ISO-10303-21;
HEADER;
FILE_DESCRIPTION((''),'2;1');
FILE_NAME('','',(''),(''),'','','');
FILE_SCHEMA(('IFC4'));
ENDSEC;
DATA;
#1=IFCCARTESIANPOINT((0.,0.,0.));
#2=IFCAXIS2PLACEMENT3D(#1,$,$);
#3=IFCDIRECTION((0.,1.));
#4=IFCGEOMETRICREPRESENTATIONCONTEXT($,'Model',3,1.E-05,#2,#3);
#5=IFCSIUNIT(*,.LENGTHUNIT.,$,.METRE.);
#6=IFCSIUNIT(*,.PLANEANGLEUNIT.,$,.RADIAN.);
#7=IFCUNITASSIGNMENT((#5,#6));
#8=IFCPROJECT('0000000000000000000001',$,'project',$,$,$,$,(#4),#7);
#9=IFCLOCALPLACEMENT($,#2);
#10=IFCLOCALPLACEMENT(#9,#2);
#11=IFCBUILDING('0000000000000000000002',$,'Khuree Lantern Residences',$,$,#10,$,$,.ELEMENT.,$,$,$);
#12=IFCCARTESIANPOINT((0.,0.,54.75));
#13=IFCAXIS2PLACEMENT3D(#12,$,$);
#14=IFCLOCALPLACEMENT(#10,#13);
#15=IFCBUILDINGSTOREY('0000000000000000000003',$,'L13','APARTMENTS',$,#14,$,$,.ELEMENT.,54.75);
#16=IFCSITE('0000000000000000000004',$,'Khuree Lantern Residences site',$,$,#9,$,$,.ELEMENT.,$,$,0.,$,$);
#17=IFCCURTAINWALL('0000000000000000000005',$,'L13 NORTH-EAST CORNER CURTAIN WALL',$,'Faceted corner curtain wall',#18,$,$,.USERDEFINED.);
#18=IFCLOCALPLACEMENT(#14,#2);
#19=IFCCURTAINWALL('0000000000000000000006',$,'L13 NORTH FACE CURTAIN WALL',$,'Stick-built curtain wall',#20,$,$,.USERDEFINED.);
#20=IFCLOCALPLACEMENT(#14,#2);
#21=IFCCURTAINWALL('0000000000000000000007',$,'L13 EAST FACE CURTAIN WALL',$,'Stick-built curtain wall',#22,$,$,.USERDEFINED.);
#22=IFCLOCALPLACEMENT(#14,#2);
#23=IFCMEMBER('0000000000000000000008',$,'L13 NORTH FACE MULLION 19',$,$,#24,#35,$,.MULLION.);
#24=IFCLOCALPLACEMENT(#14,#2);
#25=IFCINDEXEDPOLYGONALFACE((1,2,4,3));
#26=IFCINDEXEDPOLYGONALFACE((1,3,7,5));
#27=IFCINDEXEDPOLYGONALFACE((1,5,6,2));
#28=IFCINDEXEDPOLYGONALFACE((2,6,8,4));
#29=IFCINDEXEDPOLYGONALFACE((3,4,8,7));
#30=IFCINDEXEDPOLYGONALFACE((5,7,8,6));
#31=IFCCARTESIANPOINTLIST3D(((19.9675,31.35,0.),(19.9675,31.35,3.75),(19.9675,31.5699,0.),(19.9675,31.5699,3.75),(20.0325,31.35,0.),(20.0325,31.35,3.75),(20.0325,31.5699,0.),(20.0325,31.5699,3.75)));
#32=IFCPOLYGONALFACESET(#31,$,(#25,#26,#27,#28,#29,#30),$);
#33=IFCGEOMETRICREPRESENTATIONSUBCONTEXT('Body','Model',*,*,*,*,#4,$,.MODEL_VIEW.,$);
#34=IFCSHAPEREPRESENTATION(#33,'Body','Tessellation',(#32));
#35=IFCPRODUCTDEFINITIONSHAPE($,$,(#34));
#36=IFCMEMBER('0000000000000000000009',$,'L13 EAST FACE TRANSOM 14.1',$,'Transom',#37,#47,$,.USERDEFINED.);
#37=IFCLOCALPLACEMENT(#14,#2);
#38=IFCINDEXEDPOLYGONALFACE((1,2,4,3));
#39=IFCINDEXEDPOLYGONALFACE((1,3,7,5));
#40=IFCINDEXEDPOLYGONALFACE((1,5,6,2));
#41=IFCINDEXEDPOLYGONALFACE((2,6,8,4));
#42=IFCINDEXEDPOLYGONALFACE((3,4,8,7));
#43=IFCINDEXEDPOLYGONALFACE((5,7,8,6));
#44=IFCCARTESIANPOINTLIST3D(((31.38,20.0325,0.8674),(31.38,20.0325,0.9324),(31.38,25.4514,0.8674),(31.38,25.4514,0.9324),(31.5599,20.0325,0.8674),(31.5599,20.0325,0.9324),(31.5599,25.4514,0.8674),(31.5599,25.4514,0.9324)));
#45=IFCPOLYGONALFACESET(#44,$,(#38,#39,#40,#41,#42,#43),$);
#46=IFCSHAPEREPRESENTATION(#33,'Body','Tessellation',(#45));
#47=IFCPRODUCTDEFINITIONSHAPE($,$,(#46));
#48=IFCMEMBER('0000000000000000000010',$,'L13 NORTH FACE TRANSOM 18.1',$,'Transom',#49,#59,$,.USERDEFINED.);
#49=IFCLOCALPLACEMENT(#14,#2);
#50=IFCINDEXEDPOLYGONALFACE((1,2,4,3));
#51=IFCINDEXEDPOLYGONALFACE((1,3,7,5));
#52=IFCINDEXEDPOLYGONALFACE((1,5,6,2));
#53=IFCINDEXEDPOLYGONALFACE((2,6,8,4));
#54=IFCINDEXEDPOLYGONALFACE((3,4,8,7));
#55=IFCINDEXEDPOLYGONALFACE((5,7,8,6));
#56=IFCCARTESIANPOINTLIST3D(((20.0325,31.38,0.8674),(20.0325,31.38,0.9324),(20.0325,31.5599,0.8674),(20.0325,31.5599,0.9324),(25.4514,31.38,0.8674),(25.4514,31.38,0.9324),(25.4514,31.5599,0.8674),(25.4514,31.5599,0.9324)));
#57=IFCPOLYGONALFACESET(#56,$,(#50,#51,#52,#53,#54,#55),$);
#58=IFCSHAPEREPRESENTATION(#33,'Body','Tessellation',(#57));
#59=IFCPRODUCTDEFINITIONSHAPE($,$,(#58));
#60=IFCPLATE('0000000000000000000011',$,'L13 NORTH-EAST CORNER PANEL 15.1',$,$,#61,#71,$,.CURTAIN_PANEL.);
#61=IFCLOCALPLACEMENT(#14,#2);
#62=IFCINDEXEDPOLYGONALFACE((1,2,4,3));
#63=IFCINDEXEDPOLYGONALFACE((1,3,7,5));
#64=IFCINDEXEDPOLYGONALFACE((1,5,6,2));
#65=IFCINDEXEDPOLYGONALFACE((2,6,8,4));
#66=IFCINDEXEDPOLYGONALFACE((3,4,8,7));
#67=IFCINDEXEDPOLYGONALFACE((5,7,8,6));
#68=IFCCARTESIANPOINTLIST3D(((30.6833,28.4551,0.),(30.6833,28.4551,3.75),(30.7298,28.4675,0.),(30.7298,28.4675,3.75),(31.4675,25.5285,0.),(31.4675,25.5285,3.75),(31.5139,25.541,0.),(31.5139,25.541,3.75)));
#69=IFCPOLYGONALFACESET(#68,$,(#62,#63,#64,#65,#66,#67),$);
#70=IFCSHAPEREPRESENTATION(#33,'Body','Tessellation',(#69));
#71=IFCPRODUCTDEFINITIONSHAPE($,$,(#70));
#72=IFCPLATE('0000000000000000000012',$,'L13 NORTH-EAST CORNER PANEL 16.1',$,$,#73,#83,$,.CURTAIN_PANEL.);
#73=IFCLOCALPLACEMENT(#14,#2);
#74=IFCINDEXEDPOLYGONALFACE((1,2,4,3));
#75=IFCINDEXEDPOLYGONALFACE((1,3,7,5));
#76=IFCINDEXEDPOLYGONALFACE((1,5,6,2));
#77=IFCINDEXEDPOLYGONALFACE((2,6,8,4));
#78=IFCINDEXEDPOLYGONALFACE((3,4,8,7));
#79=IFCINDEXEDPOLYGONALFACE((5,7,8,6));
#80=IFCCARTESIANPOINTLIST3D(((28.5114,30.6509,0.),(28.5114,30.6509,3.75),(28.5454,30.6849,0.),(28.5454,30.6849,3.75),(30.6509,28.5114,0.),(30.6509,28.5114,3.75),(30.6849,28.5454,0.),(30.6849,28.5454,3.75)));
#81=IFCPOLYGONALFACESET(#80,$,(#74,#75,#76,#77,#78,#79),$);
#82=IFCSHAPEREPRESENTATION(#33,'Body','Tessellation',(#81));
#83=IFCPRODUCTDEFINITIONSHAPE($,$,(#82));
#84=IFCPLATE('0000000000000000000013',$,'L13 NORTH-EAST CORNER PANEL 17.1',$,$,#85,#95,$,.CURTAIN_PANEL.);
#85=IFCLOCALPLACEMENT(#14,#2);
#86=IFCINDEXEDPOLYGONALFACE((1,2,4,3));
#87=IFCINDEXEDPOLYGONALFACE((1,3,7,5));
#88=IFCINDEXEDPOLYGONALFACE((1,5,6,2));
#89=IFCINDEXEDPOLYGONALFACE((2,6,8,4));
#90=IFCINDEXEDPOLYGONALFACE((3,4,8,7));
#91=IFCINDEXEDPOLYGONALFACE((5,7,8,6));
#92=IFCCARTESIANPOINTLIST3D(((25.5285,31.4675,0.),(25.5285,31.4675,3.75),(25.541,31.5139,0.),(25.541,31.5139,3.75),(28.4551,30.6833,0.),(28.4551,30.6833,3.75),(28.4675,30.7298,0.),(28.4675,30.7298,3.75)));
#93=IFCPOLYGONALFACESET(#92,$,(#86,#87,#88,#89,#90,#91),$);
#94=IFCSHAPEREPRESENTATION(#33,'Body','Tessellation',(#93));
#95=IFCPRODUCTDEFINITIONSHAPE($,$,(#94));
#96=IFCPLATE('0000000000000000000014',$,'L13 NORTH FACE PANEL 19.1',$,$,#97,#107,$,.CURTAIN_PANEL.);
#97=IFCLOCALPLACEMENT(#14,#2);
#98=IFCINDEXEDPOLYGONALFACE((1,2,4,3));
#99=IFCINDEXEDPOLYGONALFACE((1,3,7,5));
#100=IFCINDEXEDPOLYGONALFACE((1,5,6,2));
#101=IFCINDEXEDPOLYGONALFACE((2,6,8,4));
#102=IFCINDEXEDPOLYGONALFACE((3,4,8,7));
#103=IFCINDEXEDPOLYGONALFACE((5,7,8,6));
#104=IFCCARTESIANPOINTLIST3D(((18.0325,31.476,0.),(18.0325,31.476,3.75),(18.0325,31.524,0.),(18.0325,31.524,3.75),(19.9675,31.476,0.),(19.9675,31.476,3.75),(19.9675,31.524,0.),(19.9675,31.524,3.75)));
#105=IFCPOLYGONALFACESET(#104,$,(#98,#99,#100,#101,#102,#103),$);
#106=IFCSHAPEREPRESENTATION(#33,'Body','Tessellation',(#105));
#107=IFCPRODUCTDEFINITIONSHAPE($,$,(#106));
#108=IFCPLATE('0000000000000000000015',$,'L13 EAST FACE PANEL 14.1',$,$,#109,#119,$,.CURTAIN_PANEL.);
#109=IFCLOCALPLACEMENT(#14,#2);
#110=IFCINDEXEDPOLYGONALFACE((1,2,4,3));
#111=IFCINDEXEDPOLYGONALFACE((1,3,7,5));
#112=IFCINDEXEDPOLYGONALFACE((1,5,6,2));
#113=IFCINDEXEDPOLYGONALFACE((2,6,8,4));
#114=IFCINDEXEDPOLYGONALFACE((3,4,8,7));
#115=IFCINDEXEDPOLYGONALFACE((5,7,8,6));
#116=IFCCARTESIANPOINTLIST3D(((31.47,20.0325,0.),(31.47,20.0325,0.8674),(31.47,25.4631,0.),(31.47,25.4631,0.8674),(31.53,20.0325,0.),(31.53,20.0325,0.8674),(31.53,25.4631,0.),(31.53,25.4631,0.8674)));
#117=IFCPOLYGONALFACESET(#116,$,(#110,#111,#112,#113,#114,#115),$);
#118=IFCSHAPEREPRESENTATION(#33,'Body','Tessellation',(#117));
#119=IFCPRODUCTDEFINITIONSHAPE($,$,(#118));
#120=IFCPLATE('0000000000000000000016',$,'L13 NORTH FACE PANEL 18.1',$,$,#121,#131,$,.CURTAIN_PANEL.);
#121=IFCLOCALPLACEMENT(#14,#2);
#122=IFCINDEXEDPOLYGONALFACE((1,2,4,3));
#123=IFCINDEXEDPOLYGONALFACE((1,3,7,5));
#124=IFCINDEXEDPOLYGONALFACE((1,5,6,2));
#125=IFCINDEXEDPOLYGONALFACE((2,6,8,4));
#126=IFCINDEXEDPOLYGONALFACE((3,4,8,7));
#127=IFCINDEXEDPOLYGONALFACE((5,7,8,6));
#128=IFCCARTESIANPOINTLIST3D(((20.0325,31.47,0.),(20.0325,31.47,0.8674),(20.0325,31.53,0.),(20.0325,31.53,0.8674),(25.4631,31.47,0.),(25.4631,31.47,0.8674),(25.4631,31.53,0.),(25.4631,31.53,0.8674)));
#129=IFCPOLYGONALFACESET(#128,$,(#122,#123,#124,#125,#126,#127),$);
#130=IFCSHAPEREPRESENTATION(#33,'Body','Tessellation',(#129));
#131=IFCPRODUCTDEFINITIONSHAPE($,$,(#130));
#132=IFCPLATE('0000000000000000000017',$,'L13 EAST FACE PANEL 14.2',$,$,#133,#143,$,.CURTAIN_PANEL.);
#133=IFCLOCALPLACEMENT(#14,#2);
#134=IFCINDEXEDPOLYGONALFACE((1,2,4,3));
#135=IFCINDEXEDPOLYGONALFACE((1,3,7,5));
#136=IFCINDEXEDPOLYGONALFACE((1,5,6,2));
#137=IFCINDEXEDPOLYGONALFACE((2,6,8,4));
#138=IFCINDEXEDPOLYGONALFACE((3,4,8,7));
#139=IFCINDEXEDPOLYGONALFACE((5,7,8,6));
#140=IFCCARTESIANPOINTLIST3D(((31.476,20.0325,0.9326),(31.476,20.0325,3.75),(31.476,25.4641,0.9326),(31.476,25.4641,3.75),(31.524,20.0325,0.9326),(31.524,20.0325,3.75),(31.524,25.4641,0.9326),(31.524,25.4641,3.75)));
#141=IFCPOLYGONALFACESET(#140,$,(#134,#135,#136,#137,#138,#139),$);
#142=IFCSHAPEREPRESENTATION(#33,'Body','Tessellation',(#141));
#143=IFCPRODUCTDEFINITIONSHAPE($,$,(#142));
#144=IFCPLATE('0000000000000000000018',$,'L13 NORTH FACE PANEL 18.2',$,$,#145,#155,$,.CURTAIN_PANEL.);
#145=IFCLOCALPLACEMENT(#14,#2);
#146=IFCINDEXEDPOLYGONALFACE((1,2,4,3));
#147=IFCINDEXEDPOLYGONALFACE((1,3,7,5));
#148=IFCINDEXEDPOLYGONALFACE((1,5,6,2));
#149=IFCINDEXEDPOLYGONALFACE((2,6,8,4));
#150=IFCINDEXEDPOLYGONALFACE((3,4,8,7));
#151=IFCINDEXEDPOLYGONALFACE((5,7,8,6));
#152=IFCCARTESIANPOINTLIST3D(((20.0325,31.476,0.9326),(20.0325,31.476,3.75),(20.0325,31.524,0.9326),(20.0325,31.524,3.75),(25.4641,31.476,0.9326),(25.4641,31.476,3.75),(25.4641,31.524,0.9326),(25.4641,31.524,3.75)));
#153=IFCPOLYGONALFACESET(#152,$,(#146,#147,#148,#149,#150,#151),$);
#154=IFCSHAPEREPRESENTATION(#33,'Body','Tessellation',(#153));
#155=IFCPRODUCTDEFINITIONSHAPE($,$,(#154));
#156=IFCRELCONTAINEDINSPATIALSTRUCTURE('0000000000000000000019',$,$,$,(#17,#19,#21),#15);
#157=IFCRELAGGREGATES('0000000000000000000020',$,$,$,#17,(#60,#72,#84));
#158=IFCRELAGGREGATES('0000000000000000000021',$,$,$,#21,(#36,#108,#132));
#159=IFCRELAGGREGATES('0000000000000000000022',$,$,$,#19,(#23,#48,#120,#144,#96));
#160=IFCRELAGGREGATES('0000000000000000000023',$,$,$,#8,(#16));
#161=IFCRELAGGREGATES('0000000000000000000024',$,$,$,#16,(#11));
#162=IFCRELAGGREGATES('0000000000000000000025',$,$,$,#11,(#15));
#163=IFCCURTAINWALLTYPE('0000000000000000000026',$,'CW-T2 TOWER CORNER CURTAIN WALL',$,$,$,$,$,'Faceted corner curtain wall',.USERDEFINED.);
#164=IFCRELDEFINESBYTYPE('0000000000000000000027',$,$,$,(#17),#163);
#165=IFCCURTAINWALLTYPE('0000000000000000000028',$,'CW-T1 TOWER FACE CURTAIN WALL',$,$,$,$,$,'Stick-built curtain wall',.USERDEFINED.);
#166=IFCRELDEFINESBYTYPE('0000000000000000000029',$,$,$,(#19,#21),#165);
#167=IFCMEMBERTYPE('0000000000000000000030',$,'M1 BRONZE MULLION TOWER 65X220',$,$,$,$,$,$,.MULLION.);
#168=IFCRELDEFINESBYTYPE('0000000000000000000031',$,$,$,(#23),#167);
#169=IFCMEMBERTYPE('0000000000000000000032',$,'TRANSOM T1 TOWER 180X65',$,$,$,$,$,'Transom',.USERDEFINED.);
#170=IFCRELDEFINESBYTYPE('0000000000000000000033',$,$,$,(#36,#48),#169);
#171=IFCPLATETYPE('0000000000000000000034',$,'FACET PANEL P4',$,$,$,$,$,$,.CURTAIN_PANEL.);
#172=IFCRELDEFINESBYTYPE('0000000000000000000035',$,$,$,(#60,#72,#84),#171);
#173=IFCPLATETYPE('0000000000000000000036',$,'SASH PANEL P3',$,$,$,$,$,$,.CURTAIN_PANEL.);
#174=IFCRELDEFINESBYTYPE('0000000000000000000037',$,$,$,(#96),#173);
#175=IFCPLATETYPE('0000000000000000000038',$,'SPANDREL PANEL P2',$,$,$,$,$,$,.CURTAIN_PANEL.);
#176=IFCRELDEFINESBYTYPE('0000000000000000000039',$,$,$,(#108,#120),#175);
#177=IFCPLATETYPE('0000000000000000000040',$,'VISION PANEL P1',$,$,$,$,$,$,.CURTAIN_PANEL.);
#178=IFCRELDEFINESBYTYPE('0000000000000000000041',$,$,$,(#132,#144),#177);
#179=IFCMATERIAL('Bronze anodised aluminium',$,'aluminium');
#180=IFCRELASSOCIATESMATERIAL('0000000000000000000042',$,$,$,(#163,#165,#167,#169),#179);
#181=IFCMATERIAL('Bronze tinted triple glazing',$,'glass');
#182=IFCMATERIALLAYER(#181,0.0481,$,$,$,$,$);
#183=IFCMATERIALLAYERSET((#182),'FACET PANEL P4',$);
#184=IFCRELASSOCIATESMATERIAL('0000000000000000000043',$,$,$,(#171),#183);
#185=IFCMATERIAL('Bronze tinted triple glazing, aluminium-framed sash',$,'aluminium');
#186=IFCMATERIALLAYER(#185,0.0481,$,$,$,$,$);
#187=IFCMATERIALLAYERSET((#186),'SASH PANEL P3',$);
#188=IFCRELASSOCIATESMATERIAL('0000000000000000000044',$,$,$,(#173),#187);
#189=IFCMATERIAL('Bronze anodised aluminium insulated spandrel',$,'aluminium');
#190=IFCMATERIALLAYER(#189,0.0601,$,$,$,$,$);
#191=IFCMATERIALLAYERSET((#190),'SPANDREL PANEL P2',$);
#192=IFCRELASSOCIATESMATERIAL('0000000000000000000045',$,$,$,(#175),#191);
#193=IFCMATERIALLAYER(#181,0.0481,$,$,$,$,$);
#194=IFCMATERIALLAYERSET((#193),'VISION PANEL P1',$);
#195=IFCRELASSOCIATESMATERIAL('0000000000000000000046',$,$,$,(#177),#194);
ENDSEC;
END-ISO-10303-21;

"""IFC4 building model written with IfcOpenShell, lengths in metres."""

from ifc_helpers import new_model, si_unit, direction, frame, origin, origin_2d, place, context, subcontext, project, spatial, rectangle, extrude, material, layer, layer_set, material_profile, profile_set, type_object, element, aggregate, save


model = new_model("IFC4")

# Units and contexts
model_context = context("Model", 3, precision=1e-05, world=origin(), true_north=direction((0.0, 1.0)))
body_context = subcontext(model_context, "Body", "Model", "MODEL_VIEW")
ifc_project = project(units=[si_unit("LENGTHUNIT", "METRE"), si_unit("PLANEANGLEUNIT", "RADIAN")], contexts=[model_context])

# Site, building, storey
site_placement = place(None, origin())
site = spatial("IfcSite", under=ifc_project, at=site_placement, Name="Khuree Lantern Residences site", CompositionType="ELEMENT", RefElevation=0.0)
building_placement = place(site_placement, origin())
building = spatial("IfcBuilding", under=site, at=building_placement, Name="Khuree Lantern Residences", CompositionType="ELEMENT")
storey_placement = place(building_placement, frame((0.0, 0.0, 54.75)))
storey = spatial("IfcBuildingStorey", under=building, at=storey_placement, Name="L13", Description="APARTMENTS", CompositionType="ELEMENT", Elevation=54.75)

# Curtain walls
ifc_material_1 = material(Name="Bronze anodised aluminium", Category="aluminium")
curtain_wall_type_1 = type_object("IfcCurtainWallType", Name="CW-T2 TOWER CORNER CURTAIN WALL", ElementType="Faceted corner curtain wall", PredefinedType="USERDEFINED", material=ifc_material_1)
curtain_wall_1_placement = place(storey_placement, origin())
curtain_wall_1 = element("IfcCurtainWall", 1, at=curtain_wall_1_placement, inside=storey, type_object=curtain_wall_type_1, Name="L13 NORTH-EAST CORNER CURTAIN WALL", ObjectType="Faceted corner curtain wall", PredefinedType="USERDEFINED")
curtain_wall_type_2 = type_object("IfcCurtainWallType", Name="CW-T1 TOWER FACE CURTAIN WALL", ElementType="Stick-built curtain wall", PredefinedType="USERDEFINED", material=ifc_material_1)
curtain_wall_2_placement = place(storey_placement, origin())
curtain_wall_2 = element("IfcCurtainWall", 2, at=curtain_wall_2_placement, inside=storey, type_object=curtain_wall_type_2, Name="L13 NORTH FACE CURTAIN WALL", ObjectType="Stick-built curtain wall", PredefinedType="USERDEFINED")

# Curtain wall
curtain_wall_3_placement = place(storey_placement, origin())
curtain_wall_3 = element("IfcCurtainWall", 3, at=curtain_wall_3_placement, inside=storey, type_object=curtain_wall_type_2, Name="L13 EAST FACE CURTAIN WALL", ObjectType="Stick-built curtain wall", PredefinedType="USERDEFINED")
ifc_material_profile_1 = material_profile(ifc_material_1, rectangle(XDim=0.0649, YDim=0.22, at=origin_2d()), Name="M1 65X220")
ifc_profile_set_1 = profile_set([ifc_material_profile_1], Name="Bronze anodised aluminium")
member_type_1 = type_object("IfcMemberType", Name="M1 BRONZE MULLION TOWER 65X220", PredefinedType="MULLION", material=ifc_profile_set_1)

# Members
member_1_placement = place(storey_placement, frame((20.0, 31.46, 0.0), z_axis=(0.0, 0.0, 1.0), x_axis=(-1.0, 0.0, 0.0)))
member_1 = element("IfcMember", 4, at=member_1_placement, type_object=member_type_1, Name="L13 NORTH FACE MULLION 19", PredefinedType="MULLION", context=body_context, shape_type="SweptSolid", body=[
    extrude(rectangle(XDim=0.0649, YDim=0.22, at=origin_2d()), origin(), (0.0, 0.0, 1.0), 3.75),
])
ifc_material_profile_2 = material_profile(ifc_material_1, rectangle(XDim=0.1799, YDim=0.0649, at=origin_2d()), Name="T1 180X65")
ifc_profile_set_2 = profile_set([ifc_material_profile_2], Name="Bronze anodised aluminium")
member_type_2 = type_object("IfcMemberType", Name="TRANSOM T1 TOWER 180X65", ElementType="Transom", PredefinedType="USERDEFINED", material=ifc_profile_set_2)
member_2_placement = place(storey_placement, frame((31.47, 20.0325, 0.8999), z_axis=(0.0, 1.0, 0.0), x_axis=(-1.0, 0.0, 0.0)))
member_2 = element("IfcMember", 5, at=member_2_placement, type_object=member_type_2, Name="L13 EAST FACE TRANSOM 14.1", ObjectType="Transom", PredefinedType="USERDEFINED", context=body_context, shape_type="SweptSolid", body=[
    extrude(rectangle(XDim=0.1799, YDim=0.0649, at=origin_2d()), origin(), (0.0, 0.0, 1.0), 5.4189),
])
member_3_placement = place(storey_placement, frame((25.4514, 31.47, 0.8999), z_axis=(-1.0, 0.0, 0.0), x_axis=(0.0, -1.0, 0.0)))
member_3 = element("IfcMember", 6, at=member_3_placement, type_object=member_type_2, Name="L13 NORTH FACE TRANSOM 18.1", ObjectType="Transom", PredefinedType="USERDEFINED", context=body_context, shape_type="SweptSolid", body=[
    extrude(rectangle(XDim=0.1799, YDim=0.0649, at=origin_2d()), origin(), (0.0, 0.0, 1.0), 5.4189),
])

# Plates
ifc_material_2 = material(Name="Bronze tinted triple glazing", Category="glass")
ifc_layer_1 = layer(ifc_material_2, 0.0481)
ifc_layer_set_1 = layer_set([ifc_layer_1], Name="FACET PANEL P4")
plate_type_1 = type_object("IfcPlateType", Name="FACET PANEL P4", PredefinedType="CURTAIN_PANEL", material=ifc_layer_set_1)
plate_1_placement = place(storey_placement, frame((31.0986, 26.998, 0.0), z_axis=(0.0, 0.0, 1.0), x_axis=(-0.258819, 0.965926, 0.0)))
plate_1 = element("IfcPlate", 7, at=plate_1_placement, type_object=plate_type_1, Name="L13 NORTH-EAST CORNER PANEL 15.1", PredefinedType="CURTAIN_PANEL", context=body_context, shape_type="SweptSolid", body=[
    extrude(rectangle(XDim=3.0298, YDim=0.0481, at=origin_2d()), origin(), (0.0, 0.0, 1.0), 3.75),
])
plate_2_placement = place(storey_placement, frame((29.5981, 29.5981, 0.0), z_axis=(0.0, 0.0, 1.0), x_axis=(-0.707107, 0.707107, 0.0)))
plate_2 = element("IfcPlate", 8, at=plate_2_placement, type_object=plate_type_1, Name="L13 NORTH-EAST CORNER PANEL 16.1", PredefinedType="CURTAIN_PANEL", context=body_context, shape_type="SweptSolid", body=[
    extrude(rectangle(XDim=3.0256, YDim=0.0481, at=origin_2d()), origin(), (0.0, 0.0, 1.0), 3.75),
])
plate_3_placement = place(storey_placement, frame((26.998, 31.0986, 0.0), z_axis=(0.0, 0.0, 1.0), x_axis=(-0.965926, 0.258819, 0.0)))
plate_3 = element("IfcPlate", 9, at=plate_3_placement, type_object=plate_type_1, Name="L13 NORTH-EAST CORNER PANEL 17.1", PredefinedType="CURTAIN_PANEL", context=body_context, shape_type="SweptSolid", body=[
    extrude(rectangle(XDim=3.0298, YDim=0.0481, at=origin_2d()), origin(), (0.0, 0.0, 1.0), 3.75),
])
aggregate(curtain_wall_1, [plate_1, plate_2, plate_3])
ifc_material_3 = material(Name="Bronze tinted triple glazing, aluminium-framed sash", Category="aluminium")
ifc_layer_2 = layer(ifc_material_3, 0.0481)
ifc_layer_set_2 = layer_set([ifc_layer_2], Name="SASH PANEL P3")
plate_type_2 = type_object("IfcPlateType", Name="SASH PANEL P3", PredefinedType="CURTAIN_PANEL", material=ifc_layer_set_2)
plate_4_placement = place(storey_placement, frame((19.0, 31.5, 0.0), z_axis=(0.0, 0.0, 1.0), x_axis=(-1.0, 0.0, 0.0)))
plate_4 = element("IfcPlate", 10, at=plate_4_placement, type_object=plate_type_2, Name="L13 NORTH FACE PANEL 19.1", PredefinedType="CURTAIN_PANEL", context=body_context, shape_type="SweptSolid", body=[
    extrude(rectangle(XDim=1.9351, YDim=0.0481, at=origin_2d()), origin(), (0.0, 0.0, 1.0), 3.75),
])
ifc_material_4 = material(Name="Bronze anodised aluminium insulated spandrel", Category="aluminium")
ifc_layer_3 = layer(ifc_material_4, 0.0601)
ifc_layer_set_3 = layer_set([ifc_layer_3], Name="SPANDREL PANEL P2")
plate_type_3 = type_object("IfcPlateType", Name="SPANDREL PANEL P2", PredefinedType="CURTAIN_PANEL", material=ifc_layer_set_3)
plate_5_placement = place(storey_placement, frame((31.5, 22.7478, 0.0), z_axis=(0.0, 0.0, 1.0), x_axis=(0.0, 1.0, 0.0)))
plate_5 = element("IfcPlate", 11, at=plate_5_placement, type_object=plate_type_3, Name="L13 EAST FACE PANEL 14.1", PredefinedType="CURTAIN_PANEL", context=body_context, shape_type="SweptSolid", body=[
    extrude(rectangle(XDim=5.4307, YDim=0.0601, at=origin_2d()), origin(), (0.0, 0.0, 1.0), 0.8674),
])
plate_6_placement = place(storey_placement, frame((22.7478, 31.5, 0.0), z_axis=(0.0, 0.0, 1.0), x_axis=(-1.0, 0.0, 0.0)))
plate_6 = element("IfcPlate", 12, at=plate_6_placement, type_object=plate_type_3, Name="L13 NORTH FACE PANEL 18.1", PredefinedType="CURTAIN_PANEL", context=body_context, shape_type="SweptSolid", body=[
    extrude(rectangle(XDim=5.4307, YDim=0.0601, at=origin_2d()), origin(), (0.0, 0.0, 1.0), 0.8674),
])
ifc_layer_4 = layer(ifc_material_2, 0.0481)
ifc_layer_set_4 = layer_set([ifc_layer_4], Name="VISION PANEL P1")
plate_type_4 = type_object("IfcPlateType", Name="VISION PANEL P1", PredefinedType="CURTAIN_PANEL", material=ifc_layer_set_4)
plate_7_placement = place(storey_placement, frame((31.5, 22.7483, 0.9326), z_axis=(0.0, 0.0, 1.0), x_axis=(0.0, 1.0, 0.0)))
plate_7 = element("IfcPlate", 13, at=plate_7_placement, type_object=plate_type_4, Name="L13 EAST FACE PANEL 14.2", PredefinedType="CURTAIN_PANEL", context=body_context, shape_type="SweptSolid", body=[
    extrude(rectangle(XDim=5.4316, YDim=0.0481, at=origin_2d()), origin(), (0.0, 0.0, 1.0), 2.8174),
])
aggregate(curtain_wall_3, [member_2, plate_5, plate_7])
plate_8_placement = place(storey_placement, frame((22.7483, 31.5, 0.9326), z_axis=(0.0, 0.0, 1.0), x_axis=(-1.0, 0.0, 0.0)))
plate_8 = element("IfcPlate", 14, at=plate_8_placement, type_object=plate_type_4, Name="L13 NORTH FACE PANEL 18.2", PredefinedType="CURTAIN_PANEL", context=body_context, shape_type="SweptSolid", body=[
    extrude(rectangle(XDim=5.4316, YDim=0.0481, at=origin_2d()), origin(), (0.0, 0.0, 1.0), 2.8174),
])
aggregate(curtain_wall_2, [member_1, member_3, plate_6, plate_8, plate_4])

save(model, "model.ifc")
